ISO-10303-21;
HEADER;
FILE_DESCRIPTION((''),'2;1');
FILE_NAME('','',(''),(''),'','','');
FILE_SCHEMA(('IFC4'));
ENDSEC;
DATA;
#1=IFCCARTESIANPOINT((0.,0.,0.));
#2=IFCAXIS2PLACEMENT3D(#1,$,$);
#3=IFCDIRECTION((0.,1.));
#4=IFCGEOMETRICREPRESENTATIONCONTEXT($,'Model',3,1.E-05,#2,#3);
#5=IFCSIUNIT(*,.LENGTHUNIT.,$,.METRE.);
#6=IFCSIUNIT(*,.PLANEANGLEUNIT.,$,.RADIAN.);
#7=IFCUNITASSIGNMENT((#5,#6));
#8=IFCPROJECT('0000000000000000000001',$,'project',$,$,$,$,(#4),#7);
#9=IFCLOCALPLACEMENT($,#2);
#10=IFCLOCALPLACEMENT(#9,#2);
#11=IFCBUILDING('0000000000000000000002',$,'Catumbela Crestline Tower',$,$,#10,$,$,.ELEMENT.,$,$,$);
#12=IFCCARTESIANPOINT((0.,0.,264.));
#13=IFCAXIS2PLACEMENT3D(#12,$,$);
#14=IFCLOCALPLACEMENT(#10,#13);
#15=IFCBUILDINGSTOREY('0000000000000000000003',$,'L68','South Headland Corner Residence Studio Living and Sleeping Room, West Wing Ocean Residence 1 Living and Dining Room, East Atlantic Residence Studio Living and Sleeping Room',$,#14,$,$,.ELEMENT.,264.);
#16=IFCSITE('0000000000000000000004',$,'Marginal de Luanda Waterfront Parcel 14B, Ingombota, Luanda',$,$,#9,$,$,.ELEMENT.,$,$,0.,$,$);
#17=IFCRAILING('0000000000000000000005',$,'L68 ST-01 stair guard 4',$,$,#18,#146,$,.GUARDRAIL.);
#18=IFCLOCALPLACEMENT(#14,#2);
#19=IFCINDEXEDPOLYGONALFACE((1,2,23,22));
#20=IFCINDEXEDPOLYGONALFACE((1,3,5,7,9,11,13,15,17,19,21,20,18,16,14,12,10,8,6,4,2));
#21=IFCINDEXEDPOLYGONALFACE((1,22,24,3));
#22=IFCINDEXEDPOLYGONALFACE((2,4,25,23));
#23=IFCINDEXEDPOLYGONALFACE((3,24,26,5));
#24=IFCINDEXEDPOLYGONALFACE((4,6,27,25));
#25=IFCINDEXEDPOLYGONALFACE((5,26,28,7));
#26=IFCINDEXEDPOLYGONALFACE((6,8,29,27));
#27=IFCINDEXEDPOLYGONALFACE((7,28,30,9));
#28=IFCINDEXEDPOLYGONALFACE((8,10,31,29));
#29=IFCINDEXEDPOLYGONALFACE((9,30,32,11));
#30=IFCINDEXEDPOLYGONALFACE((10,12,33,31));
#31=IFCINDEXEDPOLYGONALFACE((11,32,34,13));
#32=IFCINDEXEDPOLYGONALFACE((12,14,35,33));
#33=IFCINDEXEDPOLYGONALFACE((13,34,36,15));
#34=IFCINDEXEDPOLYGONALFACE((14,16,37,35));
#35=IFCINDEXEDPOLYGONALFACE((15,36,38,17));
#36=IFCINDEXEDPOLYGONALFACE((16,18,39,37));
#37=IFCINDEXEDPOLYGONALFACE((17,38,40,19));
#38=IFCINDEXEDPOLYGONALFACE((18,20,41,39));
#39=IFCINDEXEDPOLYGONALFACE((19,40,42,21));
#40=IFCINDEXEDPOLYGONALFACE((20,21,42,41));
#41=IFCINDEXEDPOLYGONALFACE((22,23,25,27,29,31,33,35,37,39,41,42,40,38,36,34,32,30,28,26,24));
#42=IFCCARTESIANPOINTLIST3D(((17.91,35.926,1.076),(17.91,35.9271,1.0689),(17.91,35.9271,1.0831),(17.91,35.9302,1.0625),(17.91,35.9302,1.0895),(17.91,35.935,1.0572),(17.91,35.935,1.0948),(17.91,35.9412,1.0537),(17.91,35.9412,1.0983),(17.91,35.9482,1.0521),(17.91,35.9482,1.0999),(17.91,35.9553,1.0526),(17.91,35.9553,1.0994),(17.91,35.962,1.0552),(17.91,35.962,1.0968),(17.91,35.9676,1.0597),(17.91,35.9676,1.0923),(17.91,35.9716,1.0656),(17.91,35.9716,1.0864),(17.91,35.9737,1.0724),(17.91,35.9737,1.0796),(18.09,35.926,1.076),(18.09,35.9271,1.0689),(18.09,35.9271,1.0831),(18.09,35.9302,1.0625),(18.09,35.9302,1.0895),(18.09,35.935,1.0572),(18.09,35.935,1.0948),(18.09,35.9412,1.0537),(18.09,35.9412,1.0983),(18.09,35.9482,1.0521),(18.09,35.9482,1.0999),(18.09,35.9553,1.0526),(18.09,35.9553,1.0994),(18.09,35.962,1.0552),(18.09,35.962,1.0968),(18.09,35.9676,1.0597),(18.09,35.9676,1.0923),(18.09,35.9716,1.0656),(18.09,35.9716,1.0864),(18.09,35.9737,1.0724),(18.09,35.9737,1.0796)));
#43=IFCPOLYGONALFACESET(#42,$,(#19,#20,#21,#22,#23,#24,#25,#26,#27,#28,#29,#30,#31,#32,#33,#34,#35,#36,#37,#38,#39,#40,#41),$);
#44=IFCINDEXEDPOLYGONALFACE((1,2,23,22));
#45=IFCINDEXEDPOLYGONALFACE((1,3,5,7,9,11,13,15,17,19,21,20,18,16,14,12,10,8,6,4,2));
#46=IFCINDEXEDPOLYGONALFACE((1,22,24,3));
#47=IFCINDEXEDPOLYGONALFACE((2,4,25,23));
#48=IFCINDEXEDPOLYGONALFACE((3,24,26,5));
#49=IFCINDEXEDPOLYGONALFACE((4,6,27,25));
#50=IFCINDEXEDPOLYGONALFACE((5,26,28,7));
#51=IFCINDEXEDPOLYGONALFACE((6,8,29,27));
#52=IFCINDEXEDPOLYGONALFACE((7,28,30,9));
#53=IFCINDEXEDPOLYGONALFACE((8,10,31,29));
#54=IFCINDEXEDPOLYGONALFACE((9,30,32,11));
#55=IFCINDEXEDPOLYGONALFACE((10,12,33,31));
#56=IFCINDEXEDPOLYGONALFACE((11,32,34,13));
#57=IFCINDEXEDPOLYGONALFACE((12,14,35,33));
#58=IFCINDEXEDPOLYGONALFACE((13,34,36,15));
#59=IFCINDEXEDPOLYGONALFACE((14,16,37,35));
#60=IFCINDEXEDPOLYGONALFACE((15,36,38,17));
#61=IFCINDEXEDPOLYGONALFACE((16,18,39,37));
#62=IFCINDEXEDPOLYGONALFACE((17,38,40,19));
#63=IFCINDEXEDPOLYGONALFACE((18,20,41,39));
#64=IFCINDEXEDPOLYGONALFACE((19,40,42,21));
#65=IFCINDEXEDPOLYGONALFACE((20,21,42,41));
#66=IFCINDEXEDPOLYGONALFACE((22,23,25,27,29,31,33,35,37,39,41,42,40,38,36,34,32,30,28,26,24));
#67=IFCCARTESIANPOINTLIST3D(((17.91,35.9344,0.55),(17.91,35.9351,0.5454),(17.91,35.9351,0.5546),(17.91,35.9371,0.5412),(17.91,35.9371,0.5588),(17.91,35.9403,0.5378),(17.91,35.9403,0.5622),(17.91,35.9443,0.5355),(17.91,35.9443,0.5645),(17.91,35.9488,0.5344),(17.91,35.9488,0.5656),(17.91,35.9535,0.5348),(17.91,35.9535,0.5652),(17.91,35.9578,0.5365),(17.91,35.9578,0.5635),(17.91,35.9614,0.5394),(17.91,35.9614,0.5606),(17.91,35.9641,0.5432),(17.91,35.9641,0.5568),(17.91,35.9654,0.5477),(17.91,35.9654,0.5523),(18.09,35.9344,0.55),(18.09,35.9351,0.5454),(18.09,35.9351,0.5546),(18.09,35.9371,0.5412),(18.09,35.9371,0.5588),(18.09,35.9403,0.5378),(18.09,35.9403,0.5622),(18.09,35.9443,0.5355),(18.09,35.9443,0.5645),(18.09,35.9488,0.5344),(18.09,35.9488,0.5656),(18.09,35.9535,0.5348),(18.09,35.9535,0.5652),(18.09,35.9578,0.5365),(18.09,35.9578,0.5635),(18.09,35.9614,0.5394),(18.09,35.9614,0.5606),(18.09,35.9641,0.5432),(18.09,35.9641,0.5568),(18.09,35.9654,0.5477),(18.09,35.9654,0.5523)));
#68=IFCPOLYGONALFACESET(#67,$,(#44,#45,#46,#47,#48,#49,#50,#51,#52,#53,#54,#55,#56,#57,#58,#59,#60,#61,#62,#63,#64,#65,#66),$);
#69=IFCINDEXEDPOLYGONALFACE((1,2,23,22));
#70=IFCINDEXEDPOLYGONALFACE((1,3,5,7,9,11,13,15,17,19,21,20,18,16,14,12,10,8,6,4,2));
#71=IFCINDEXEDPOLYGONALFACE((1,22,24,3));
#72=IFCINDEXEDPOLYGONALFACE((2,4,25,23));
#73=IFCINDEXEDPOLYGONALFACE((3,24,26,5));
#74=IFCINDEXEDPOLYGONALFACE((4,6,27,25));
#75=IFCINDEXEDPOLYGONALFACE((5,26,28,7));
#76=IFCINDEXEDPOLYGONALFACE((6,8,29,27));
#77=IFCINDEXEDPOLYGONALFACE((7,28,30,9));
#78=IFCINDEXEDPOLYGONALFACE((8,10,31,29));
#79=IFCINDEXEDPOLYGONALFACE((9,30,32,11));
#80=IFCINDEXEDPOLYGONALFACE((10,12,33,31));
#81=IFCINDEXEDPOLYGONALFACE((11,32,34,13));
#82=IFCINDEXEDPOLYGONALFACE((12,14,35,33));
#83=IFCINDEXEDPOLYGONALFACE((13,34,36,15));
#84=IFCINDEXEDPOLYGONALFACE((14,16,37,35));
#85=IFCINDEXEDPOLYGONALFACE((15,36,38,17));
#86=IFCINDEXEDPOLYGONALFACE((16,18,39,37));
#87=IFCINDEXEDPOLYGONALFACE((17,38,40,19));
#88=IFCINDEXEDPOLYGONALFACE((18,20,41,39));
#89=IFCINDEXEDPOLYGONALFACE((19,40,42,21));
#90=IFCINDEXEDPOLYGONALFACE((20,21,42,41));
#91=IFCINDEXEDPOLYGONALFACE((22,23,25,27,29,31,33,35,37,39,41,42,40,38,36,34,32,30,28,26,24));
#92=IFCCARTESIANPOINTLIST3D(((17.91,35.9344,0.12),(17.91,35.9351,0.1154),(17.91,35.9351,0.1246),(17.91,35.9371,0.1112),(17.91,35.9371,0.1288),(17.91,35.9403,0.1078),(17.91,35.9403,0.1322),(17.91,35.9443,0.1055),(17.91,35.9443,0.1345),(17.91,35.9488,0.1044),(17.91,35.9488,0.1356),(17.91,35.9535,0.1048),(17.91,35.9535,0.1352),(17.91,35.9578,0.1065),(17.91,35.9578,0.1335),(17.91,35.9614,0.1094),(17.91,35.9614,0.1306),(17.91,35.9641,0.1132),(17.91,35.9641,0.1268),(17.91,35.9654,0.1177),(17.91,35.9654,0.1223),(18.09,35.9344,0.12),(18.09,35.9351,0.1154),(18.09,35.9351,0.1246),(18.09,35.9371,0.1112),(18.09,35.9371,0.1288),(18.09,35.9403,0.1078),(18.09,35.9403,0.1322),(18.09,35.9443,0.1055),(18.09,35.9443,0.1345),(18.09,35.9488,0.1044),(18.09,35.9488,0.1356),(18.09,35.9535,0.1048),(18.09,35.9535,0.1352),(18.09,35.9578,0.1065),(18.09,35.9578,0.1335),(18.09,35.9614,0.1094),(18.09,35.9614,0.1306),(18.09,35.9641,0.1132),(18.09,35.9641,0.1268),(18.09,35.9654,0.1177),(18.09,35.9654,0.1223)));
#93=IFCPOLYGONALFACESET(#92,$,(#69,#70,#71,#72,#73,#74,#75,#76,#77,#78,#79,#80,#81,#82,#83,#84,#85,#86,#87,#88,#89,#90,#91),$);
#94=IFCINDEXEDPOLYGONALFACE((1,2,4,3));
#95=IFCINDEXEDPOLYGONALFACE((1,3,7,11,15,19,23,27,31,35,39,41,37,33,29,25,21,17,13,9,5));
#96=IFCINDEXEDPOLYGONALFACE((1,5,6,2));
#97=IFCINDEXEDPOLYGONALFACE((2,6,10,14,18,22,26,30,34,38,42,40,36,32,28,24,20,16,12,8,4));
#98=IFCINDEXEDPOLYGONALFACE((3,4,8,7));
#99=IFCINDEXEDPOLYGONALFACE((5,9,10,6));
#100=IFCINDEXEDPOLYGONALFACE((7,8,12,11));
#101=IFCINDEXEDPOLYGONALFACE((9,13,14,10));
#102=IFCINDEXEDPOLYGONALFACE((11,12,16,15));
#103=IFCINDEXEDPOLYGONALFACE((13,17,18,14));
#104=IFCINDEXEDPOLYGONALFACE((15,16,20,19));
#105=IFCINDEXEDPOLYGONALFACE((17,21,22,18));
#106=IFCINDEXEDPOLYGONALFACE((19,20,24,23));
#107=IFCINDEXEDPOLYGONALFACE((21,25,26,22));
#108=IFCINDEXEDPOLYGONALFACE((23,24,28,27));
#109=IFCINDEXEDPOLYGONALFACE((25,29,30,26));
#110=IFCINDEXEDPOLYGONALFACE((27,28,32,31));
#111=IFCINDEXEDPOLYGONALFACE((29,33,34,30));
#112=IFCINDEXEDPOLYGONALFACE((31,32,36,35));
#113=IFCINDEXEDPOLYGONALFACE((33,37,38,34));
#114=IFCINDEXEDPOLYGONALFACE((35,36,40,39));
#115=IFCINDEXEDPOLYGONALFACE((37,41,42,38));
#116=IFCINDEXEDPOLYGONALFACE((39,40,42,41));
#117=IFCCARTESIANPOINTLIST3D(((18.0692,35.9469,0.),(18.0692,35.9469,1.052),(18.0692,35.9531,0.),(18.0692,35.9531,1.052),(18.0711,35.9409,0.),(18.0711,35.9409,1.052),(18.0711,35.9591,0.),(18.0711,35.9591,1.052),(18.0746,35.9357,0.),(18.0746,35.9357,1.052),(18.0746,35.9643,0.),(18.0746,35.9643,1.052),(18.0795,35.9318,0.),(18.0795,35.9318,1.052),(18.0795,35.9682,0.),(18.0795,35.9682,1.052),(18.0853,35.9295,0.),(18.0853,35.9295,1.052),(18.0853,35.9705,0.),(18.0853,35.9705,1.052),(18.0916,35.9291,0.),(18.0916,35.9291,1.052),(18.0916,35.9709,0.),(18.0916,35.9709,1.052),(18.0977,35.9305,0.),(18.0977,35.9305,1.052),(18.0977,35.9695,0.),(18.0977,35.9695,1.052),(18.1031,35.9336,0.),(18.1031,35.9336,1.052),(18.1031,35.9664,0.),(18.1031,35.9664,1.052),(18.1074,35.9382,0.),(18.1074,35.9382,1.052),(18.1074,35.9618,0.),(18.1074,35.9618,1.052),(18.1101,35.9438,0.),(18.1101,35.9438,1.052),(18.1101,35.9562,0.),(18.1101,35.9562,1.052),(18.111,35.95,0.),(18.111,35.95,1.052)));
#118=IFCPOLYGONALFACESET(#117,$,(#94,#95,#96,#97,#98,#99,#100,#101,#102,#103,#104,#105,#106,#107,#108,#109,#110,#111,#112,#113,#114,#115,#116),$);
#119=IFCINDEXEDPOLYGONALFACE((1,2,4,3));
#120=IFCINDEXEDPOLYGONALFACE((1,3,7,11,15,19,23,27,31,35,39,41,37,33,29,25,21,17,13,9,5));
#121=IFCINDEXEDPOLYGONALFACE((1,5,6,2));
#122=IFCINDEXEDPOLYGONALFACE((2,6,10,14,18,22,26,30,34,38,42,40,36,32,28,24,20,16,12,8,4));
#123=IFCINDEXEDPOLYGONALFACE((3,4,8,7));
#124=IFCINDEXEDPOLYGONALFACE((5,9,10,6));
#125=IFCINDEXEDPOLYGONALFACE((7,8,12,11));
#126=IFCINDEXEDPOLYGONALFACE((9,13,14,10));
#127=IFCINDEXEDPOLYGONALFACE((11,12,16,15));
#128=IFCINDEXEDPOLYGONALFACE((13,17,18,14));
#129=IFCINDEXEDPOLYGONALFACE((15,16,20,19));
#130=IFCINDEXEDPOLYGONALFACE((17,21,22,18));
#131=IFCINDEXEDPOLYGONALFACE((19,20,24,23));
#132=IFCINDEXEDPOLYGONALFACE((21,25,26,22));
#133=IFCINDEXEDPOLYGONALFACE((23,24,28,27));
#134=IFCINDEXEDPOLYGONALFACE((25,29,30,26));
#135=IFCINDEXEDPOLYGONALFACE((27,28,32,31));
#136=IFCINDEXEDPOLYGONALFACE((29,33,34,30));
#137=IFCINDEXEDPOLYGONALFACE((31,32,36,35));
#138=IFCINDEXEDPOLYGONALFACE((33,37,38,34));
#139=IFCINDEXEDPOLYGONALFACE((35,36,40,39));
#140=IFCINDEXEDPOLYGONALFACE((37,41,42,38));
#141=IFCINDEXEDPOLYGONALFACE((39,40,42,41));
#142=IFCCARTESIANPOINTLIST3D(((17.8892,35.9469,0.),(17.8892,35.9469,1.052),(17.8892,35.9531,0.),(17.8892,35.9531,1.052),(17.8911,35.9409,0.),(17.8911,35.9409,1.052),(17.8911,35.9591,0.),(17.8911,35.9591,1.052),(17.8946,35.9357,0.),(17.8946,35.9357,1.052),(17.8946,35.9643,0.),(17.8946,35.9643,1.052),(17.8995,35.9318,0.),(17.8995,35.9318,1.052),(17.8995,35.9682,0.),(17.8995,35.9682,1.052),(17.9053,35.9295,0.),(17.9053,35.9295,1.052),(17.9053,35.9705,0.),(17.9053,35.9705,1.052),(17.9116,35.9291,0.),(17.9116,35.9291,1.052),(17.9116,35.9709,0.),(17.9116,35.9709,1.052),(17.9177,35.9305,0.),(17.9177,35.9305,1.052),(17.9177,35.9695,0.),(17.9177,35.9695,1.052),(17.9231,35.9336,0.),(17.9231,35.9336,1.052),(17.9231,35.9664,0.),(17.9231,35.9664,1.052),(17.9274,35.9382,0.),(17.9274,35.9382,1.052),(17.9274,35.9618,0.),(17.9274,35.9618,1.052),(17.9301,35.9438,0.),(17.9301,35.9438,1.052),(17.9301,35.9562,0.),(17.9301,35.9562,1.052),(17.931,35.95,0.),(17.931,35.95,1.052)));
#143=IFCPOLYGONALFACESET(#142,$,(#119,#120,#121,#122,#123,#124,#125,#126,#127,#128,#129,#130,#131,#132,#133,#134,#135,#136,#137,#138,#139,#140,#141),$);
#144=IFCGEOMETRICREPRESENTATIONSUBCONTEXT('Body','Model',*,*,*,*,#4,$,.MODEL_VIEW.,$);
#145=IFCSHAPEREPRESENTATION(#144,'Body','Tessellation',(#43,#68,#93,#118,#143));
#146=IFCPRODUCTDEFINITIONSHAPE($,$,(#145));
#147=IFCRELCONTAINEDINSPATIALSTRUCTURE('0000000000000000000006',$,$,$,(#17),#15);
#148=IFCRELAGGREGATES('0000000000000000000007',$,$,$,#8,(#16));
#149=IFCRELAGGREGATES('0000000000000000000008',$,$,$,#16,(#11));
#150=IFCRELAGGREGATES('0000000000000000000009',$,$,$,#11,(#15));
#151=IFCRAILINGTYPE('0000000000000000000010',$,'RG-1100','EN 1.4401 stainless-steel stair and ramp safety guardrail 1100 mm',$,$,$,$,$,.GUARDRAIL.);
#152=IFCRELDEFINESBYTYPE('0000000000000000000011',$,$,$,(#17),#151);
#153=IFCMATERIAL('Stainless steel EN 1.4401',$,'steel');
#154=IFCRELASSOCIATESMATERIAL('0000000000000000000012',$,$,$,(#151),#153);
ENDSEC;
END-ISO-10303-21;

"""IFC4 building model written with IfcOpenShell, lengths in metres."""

from ifc_helpers import new_model, si_unit, direction, frame, origin, origin_2d, place, context, subcontext, project, spatial, circle, extrude, material, type_object, element, save


model = new_model("IFC4")

# Units and contexts
model_context = context("Model", 3, precision=1e-05, world=origin(), true_north=direction((0.0, 1.0)))
body_context = subcontext(model_context, "Body", "Model", "MODEL_VIEW")
ifc_project = project(units=[si_unit("LENGTHUNIT", "METRE"), si_unit("PLANEANGLEUNIT", "RADIAN")], contexts=[model_context])

# Site, building, storey
site_placement = place(None, origin())
site = spatial("IfcSite", under=ifc_project, at=site_placement, Name="Marginal de Luanda Waterfront Parcel 14B, Ingombota, Luanda", CompositionType="ELEMENT", RefElevation=0.0)
building_placement = place(site_placement, origin())
building = spatial("IfcBuilding", under=site, at=building_placement, Name="Catumbela Crestline Tower", CompositionType="ELEMENT")
storey_placement = place(building_placement, frame((0.0, 0.0, 264.0)))
storey = spatial("IfcBuildingStorey", under=building, at=storey_placement, Name="L68", Description="South Headland Corner Residence Studio Living and Sleeping Room, West Wing Ocean Residence 1 Living and Dining Room, East Atlantic Residence Studio Living and Sleeping Room", CompositionType="ELEMENT", Elevation=264.0)

# Shared definitions
ifc_material_1 = material(Name="Stainless steel EN 1.4401", Category="steel")

# Railing
railing_type_1 = type_object("IfcRailingType", Name="RG-1100", Description="EN 1.4401 stainless-steel stair and ramp safety guardrail 1100 mm", PredefinedType="GUARDRAIL", material=ifc_material_1)
railing_1_placement = place(storey_placement, frame((18.09, 35.95, 0.0)))
element("IfcRailing", 1, at=railing_1_placement, inside=storey, type_object=railing_type_1, Name="L68 ST-01 stair guard 4", PredefinedType="GUARDRAIL", context=body_context, shape_type="SweptSolid", body=[
    extrude(circle(Radius=0.024, at=origin_2d()), frame((0.0, 0.0, 1.076), z_axis=(-1.0, 0.0, 0.0), x_axis=(0.0, -1.0, 0.0)), (0.0, 0.0, 1.0), 0.18),
    extrude(circle(Radius=0.0156, at=origin_2d()), frame((0.0, 0.0, 0.55), z_axis=(-1.0, 0.0, 0.0), x_axis=(0.0, -1.0, 0.0)), (0.0, 0.0, 1.0), 0.18),
    extrude(circle(Radius=0.0156, at=origin_2d()), frame((0.0, 0.0, 0.12), z_axis=(-1.0, 0.0, 0.0), x_axis=(0.0, -1.0, 0.0)), (0.0, 0.0, 1.0), 0.18),
    extrude(circle(Radius=0.021, at=origin_2d()), origin(), (0.0, 0.0, 1.0), 1.052),
    extrude(circle(Radius=0.021, at=origin_2d()), frame((-0.18, 0.0, 0.0)), (0.0, 0.0, 1.0), 1.052),
])

save(model, "model.ifc")
